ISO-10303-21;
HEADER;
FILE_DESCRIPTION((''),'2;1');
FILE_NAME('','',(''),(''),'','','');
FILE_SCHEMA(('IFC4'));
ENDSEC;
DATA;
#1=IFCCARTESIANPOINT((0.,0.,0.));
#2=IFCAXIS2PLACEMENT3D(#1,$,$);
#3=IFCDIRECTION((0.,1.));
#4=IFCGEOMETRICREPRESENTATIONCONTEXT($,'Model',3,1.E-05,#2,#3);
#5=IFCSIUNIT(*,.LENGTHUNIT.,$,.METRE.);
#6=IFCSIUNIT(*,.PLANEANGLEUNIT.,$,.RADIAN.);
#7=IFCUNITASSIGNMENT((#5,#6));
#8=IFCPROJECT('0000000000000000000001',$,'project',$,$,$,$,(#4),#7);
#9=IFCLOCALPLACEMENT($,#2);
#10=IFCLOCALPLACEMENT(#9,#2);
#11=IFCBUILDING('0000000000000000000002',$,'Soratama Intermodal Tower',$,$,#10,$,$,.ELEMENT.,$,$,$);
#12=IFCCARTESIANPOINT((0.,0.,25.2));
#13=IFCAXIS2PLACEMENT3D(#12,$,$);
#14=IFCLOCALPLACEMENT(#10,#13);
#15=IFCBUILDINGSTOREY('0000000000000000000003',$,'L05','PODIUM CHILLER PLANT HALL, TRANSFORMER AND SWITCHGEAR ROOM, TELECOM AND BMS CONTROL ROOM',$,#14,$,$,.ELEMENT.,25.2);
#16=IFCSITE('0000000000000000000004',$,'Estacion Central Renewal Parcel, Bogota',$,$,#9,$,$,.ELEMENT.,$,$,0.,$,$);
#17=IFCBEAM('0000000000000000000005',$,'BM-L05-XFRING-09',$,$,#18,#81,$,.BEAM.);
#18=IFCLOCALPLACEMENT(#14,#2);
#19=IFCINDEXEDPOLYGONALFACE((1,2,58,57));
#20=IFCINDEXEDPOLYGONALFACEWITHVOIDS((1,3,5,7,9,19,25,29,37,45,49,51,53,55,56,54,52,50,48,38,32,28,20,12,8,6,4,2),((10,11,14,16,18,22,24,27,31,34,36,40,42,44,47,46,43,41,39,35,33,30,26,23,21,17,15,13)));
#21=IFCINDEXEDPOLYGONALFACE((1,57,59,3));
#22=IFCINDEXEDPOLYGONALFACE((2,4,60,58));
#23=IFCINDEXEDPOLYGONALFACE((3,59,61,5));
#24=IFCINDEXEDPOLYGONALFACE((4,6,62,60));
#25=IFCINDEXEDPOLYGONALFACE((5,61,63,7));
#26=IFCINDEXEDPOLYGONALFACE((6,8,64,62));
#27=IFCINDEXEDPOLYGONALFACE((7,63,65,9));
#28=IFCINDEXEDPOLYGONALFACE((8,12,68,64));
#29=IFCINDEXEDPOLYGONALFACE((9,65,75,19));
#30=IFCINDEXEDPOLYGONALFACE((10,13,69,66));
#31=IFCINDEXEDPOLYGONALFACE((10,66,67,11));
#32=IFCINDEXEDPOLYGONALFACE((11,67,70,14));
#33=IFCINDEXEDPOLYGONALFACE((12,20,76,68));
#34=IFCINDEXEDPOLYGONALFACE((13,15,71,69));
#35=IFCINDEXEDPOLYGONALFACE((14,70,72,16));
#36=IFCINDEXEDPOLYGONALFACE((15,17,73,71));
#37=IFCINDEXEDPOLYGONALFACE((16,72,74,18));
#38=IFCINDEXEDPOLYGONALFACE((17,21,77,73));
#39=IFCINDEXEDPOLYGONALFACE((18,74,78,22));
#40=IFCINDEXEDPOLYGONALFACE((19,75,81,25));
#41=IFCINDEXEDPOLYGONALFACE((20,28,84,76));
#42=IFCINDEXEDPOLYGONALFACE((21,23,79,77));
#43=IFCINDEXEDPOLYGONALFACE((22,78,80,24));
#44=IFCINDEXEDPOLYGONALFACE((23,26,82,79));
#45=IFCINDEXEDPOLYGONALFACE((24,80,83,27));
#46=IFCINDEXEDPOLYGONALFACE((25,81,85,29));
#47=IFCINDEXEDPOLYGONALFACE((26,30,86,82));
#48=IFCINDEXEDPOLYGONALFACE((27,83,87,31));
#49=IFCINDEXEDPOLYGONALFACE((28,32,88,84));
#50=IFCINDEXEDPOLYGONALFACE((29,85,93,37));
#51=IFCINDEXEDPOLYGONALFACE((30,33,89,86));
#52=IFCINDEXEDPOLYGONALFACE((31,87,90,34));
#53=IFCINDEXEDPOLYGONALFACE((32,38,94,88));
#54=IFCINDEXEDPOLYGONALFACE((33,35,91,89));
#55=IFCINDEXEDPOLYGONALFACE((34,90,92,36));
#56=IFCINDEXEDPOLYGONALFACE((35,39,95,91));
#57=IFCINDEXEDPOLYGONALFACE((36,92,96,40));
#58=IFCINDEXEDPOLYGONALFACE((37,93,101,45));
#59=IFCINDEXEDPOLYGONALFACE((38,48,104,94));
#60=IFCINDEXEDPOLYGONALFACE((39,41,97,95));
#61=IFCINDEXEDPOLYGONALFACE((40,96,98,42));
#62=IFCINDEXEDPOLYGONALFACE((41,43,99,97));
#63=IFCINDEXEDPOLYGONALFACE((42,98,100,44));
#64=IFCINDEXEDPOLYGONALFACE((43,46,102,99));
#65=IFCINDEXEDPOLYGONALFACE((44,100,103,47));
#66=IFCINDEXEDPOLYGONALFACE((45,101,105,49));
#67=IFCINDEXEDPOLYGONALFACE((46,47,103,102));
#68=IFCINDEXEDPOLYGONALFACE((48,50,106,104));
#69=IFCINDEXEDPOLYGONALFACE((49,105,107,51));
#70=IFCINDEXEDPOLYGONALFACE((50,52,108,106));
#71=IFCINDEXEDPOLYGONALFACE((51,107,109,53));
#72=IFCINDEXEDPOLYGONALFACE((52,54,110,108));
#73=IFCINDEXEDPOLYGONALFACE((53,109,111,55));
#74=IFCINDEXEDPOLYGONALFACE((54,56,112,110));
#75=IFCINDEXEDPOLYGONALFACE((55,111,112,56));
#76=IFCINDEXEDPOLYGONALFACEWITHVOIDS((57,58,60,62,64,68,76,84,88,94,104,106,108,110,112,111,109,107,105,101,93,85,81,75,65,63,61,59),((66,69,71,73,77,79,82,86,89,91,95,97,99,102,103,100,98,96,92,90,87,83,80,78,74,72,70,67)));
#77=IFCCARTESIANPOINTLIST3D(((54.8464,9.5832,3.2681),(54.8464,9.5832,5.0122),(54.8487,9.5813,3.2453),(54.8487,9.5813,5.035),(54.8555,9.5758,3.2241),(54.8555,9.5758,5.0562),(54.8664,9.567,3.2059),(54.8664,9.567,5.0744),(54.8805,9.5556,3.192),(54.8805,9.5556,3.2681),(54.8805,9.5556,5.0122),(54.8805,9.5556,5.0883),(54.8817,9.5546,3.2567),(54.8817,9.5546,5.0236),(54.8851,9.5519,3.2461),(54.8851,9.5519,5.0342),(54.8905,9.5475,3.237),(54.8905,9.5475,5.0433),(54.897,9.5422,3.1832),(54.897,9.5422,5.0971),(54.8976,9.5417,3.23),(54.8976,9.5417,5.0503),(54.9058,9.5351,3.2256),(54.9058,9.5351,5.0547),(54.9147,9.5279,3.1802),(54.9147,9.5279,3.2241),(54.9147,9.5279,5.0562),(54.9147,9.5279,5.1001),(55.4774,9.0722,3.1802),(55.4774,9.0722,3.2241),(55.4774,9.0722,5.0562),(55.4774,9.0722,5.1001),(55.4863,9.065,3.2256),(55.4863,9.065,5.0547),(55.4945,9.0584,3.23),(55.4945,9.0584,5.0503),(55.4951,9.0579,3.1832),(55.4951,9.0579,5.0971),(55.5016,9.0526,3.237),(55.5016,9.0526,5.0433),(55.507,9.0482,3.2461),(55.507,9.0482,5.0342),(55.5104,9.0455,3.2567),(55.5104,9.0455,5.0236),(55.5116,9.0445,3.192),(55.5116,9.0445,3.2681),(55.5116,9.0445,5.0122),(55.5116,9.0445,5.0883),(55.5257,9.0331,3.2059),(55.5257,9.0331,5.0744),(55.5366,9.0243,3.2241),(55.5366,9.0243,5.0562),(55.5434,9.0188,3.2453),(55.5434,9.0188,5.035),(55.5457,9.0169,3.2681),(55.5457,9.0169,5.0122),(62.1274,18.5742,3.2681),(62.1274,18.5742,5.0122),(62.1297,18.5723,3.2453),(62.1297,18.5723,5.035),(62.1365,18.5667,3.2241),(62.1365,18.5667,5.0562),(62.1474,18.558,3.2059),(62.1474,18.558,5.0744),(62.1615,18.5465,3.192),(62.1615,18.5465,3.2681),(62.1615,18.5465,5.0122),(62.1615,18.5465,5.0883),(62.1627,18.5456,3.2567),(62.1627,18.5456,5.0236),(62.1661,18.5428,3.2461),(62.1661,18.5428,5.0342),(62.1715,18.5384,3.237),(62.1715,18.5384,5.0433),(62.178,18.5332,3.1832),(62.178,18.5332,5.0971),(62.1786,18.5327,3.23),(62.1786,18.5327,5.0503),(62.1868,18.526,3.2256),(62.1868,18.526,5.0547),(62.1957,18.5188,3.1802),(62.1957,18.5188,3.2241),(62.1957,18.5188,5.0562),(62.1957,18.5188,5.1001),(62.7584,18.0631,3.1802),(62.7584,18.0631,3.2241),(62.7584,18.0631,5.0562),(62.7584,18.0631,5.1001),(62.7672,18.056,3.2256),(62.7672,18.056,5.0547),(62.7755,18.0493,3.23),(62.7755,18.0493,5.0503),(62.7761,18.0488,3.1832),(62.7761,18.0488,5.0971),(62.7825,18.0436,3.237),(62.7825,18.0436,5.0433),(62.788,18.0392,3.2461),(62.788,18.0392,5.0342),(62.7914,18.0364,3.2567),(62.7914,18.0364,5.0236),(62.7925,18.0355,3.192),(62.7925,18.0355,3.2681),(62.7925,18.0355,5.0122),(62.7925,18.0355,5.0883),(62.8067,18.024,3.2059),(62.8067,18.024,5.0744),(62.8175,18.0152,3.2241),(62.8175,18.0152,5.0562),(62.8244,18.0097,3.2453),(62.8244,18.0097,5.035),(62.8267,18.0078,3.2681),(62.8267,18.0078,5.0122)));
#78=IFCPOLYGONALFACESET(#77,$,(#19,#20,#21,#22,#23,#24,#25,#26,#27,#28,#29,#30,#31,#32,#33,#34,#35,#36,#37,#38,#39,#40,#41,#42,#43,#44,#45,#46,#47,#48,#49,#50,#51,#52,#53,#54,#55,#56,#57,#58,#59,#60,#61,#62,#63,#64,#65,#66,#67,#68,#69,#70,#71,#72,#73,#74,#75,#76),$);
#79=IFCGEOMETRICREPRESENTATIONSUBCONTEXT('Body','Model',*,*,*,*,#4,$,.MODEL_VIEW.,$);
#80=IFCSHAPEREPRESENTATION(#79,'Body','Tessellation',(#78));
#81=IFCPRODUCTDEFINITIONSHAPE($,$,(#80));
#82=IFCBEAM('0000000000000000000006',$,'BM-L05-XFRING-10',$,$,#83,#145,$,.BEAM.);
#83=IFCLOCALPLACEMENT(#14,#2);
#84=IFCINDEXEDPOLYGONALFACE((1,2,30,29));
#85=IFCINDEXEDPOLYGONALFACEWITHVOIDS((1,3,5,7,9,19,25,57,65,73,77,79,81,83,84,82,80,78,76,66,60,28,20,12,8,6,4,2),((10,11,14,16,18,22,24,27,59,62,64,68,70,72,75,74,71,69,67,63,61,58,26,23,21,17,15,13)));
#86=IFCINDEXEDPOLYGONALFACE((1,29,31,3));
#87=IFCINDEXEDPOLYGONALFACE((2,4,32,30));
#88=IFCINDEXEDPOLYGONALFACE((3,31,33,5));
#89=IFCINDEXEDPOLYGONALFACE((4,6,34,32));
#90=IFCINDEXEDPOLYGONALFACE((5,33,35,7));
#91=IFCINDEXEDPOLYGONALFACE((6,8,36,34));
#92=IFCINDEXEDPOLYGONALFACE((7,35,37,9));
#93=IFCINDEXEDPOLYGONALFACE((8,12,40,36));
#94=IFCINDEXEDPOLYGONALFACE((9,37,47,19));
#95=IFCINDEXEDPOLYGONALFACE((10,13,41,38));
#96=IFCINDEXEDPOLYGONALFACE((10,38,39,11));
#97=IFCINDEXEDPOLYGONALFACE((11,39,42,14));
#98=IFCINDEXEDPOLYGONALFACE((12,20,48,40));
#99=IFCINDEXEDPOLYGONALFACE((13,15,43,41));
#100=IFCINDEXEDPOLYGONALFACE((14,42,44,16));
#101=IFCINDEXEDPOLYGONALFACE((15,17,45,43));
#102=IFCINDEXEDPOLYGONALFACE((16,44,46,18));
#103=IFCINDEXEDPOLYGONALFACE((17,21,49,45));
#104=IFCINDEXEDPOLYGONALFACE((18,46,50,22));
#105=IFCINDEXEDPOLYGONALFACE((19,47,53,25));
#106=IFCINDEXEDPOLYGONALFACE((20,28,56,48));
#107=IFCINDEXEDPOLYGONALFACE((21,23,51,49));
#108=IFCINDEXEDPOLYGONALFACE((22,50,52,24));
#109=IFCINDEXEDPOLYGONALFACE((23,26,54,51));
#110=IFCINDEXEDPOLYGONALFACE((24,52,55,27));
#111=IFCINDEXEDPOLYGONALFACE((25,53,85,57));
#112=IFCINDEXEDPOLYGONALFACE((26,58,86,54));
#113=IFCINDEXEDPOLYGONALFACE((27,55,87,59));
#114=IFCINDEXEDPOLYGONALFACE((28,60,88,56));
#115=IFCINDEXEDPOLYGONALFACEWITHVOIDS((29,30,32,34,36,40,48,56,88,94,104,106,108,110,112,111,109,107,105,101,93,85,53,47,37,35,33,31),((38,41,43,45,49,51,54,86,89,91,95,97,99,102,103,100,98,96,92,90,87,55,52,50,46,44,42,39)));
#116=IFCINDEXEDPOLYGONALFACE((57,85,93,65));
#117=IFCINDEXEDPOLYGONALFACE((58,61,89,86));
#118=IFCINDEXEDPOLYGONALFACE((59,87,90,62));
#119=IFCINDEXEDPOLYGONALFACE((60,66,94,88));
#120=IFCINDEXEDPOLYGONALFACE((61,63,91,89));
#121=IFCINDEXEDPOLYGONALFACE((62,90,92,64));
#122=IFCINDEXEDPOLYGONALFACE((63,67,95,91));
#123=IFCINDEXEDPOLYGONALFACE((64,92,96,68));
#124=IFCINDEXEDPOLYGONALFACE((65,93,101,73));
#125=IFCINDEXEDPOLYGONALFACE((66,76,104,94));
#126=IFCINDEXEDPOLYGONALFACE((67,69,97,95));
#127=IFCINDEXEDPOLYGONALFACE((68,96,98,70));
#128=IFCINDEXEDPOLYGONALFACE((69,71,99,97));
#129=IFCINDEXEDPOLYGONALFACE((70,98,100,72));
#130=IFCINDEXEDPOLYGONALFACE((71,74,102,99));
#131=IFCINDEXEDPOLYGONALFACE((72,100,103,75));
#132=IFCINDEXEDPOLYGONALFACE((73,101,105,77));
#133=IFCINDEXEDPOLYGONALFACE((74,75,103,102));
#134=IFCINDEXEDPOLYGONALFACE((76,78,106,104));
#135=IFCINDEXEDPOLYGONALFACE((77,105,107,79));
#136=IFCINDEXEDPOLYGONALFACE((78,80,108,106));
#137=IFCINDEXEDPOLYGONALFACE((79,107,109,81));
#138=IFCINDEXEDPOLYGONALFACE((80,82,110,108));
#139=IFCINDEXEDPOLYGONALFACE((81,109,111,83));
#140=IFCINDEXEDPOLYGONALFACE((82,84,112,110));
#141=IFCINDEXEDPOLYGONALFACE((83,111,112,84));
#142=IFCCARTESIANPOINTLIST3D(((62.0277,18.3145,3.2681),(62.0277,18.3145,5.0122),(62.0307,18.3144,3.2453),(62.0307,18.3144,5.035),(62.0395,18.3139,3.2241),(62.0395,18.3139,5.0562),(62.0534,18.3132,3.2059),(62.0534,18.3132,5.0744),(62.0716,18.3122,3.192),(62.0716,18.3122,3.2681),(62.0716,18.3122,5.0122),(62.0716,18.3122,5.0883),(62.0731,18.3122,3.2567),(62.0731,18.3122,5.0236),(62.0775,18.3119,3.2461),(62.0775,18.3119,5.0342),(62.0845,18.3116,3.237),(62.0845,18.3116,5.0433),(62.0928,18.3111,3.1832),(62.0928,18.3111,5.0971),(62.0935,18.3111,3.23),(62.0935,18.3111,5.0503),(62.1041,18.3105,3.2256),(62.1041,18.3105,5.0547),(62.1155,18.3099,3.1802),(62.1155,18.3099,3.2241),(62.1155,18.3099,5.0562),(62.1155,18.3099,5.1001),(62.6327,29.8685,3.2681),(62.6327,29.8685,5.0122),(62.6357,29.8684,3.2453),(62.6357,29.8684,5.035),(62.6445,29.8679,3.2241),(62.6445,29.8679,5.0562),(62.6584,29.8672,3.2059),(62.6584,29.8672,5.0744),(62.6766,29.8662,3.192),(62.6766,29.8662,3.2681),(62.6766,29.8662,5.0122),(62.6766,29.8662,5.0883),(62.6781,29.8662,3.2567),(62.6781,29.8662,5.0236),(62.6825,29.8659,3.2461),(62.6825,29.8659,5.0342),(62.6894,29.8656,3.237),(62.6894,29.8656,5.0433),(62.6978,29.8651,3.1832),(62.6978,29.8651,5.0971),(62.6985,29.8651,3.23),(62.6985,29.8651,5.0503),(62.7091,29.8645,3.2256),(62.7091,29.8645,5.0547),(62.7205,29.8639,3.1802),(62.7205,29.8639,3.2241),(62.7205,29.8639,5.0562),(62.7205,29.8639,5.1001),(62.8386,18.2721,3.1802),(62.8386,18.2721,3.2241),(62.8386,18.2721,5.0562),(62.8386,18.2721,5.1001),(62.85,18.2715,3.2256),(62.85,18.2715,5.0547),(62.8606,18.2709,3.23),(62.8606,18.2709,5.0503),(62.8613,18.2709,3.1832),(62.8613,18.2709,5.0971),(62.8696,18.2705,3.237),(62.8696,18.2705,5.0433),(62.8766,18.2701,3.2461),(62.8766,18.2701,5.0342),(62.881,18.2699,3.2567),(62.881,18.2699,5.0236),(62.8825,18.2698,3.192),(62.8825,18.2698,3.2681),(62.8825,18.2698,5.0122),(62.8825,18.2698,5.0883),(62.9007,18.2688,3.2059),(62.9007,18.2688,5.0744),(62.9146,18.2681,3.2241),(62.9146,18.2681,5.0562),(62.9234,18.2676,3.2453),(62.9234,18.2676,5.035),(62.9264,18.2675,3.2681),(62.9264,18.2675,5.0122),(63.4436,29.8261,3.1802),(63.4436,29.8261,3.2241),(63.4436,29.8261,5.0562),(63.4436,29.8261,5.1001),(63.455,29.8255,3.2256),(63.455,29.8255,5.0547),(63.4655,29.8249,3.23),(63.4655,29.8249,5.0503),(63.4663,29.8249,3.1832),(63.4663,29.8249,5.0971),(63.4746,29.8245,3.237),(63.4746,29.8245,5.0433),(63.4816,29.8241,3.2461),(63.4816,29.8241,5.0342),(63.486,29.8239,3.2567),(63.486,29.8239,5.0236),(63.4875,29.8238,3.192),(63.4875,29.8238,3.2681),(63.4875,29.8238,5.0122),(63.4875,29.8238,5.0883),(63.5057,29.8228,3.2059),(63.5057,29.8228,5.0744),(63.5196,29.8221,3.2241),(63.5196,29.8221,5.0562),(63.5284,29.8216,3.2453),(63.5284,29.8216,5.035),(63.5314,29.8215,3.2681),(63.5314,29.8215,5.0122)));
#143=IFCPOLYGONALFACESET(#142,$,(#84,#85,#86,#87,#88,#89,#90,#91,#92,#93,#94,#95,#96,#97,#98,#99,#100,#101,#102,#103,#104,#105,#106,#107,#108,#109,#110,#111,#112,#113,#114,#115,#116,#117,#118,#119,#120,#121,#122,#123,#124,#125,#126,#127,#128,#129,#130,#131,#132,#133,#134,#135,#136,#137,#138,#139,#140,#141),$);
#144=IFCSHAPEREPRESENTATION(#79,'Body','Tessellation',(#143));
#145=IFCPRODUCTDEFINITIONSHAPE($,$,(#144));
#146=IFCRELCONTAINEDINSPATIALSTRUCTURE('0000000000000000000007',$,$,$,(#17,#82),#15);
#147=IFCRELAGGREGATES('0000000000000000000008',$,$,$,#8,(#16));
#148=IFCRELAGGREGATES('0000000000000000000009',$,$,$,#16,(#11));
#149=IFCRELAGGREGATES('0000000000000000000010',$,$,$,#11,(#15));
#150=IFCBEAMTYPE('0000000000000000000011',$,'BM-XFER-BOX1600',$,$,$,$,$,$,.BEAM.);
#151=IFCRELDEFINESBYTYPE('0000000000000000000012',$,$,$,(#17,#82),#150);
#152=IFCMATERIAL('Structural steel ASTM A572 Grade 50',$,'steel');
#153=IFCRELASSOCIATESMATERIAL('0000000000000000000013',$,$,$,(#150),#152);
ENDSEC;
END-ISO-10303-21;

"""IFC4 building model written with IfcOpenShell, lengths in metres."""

from ifc_helpers import new_model, si_unit, direction, frame, origin, origin_2d, place, context, subcontext, project, spatial, hollow_rectangle, extrude, material, material_profile, profile_set, type_object, element, save


model = new_model("IFC4")

# Units and contexts
model_context = context("Model", 3, precision=1e-05, world=origin(), true_north=direction((0.0, 1.0)))
body_context = subcontext(model_context, "Body", "Model", "MODEL_VIEW")
ifc_project = project(units=[si_unit("LENGTHUNIT", "METRE"), si_unit("PLANEANGLEUNIT", "RADIAN")], contexts=[model_context])

# Site, building, storey
site_placement = place(None, origin())
site = spatial("IfcSite", under=ifc_project, at=site_placement, Name="Estacion Central Renewal Parcel, Bogota", CompositionType="ELEMENT", RefElevation=0.0)
building_placement = place(site_placement, origin())
building = spatial("IfcBuilding", under=site, at=building_placement, Name="Soratama Intermodal Tower", CompositionType="ELEMENT")
storey_placement = place(building_placement, frame((0.0, 0.0, 25.2)))
storey = spatial("IfcBuildingStorey", under=building, at=storey_placement, Name="L05", Description="PODIUM CHILLER PLANT HALL, TRANSFORMER AND SWITCHGEAR ROOM, TELECOM AND BMS CONTROL ROOM", CompositionType="ELEMENT", Elevation=25.2)

# Beams
ifc_material_1 = material(Name="Structural steel ASTM A572 Grade 50", Category="steel")
ifc_material_profile_1 = material_profile(ifc_material_1, hollow_rectangle(XDim=0.8999, YDim=1.9199, WallThickness=0.0439, InnerFilletRadius=0.0439, OuterFilletRadius=0.0879, at=origin_2d()), Name="BOX1600X900X40")
ifc_profile_set_1 = profile_set([ifc_material_profile_1], Name="Structural steel ASTM A572 Grade 50")
beam_type_1 = type_object("IfcBeamType", Name="BM-XFER-BOX1600", PredefinedType="BEAM", material=ifc_profile_set_1)
beam_1_placement = place(storey_placement, frame((55.196, 9.3, 4.1401), z_axis=(0.629334, 0.777135, 0.0), x_axis=(-0.777135, 0.629334, 0.0)))
element("IfcBeam", 1, at=beam_1_placement, inside=storey, type_object=beam_type_1, Name="BM-L05-XFRING-09", PredefinedType="BEAM", context=body_context, shape_type="SweptSolid", body=[
    extrude(hollow_rectangle(XDim=0.8999, YDim=1.9199, WallThickness=0.0439, InnerFilletRadius=0.0439, OuterFilletRadius=0.0879, at=origin_2d()), origin(), (0.0, 0.0, 1.0), 11.5693),
])
beam_2_placement = place(storey_placement, frame((62.4771, 18.291, 4.1401), z_axis=(0.05229, 0.998632, 0.0), x_axis=(-0.998632, 0.05229, 0.0)))
element("IfcBeam", 2, at=beam_2_placement, inside=storey, type_object=beam_type_1, Name="BM-L05-XFRING-10", PredefinedType="BEAM", context=body_context, shape_type="SweptSolid", body=[
    extrude(hollow_rectangle(XDim=0.8999, YDim=1.9199, WallThickness=0.0439, InnerFilletRadius=0.0439, OuterFilletRadius=0.0879, at=origin_2d()), origin(), (0.0, 0.0, 1.0), 11.5698),
])

save(model, "model.ifc")
